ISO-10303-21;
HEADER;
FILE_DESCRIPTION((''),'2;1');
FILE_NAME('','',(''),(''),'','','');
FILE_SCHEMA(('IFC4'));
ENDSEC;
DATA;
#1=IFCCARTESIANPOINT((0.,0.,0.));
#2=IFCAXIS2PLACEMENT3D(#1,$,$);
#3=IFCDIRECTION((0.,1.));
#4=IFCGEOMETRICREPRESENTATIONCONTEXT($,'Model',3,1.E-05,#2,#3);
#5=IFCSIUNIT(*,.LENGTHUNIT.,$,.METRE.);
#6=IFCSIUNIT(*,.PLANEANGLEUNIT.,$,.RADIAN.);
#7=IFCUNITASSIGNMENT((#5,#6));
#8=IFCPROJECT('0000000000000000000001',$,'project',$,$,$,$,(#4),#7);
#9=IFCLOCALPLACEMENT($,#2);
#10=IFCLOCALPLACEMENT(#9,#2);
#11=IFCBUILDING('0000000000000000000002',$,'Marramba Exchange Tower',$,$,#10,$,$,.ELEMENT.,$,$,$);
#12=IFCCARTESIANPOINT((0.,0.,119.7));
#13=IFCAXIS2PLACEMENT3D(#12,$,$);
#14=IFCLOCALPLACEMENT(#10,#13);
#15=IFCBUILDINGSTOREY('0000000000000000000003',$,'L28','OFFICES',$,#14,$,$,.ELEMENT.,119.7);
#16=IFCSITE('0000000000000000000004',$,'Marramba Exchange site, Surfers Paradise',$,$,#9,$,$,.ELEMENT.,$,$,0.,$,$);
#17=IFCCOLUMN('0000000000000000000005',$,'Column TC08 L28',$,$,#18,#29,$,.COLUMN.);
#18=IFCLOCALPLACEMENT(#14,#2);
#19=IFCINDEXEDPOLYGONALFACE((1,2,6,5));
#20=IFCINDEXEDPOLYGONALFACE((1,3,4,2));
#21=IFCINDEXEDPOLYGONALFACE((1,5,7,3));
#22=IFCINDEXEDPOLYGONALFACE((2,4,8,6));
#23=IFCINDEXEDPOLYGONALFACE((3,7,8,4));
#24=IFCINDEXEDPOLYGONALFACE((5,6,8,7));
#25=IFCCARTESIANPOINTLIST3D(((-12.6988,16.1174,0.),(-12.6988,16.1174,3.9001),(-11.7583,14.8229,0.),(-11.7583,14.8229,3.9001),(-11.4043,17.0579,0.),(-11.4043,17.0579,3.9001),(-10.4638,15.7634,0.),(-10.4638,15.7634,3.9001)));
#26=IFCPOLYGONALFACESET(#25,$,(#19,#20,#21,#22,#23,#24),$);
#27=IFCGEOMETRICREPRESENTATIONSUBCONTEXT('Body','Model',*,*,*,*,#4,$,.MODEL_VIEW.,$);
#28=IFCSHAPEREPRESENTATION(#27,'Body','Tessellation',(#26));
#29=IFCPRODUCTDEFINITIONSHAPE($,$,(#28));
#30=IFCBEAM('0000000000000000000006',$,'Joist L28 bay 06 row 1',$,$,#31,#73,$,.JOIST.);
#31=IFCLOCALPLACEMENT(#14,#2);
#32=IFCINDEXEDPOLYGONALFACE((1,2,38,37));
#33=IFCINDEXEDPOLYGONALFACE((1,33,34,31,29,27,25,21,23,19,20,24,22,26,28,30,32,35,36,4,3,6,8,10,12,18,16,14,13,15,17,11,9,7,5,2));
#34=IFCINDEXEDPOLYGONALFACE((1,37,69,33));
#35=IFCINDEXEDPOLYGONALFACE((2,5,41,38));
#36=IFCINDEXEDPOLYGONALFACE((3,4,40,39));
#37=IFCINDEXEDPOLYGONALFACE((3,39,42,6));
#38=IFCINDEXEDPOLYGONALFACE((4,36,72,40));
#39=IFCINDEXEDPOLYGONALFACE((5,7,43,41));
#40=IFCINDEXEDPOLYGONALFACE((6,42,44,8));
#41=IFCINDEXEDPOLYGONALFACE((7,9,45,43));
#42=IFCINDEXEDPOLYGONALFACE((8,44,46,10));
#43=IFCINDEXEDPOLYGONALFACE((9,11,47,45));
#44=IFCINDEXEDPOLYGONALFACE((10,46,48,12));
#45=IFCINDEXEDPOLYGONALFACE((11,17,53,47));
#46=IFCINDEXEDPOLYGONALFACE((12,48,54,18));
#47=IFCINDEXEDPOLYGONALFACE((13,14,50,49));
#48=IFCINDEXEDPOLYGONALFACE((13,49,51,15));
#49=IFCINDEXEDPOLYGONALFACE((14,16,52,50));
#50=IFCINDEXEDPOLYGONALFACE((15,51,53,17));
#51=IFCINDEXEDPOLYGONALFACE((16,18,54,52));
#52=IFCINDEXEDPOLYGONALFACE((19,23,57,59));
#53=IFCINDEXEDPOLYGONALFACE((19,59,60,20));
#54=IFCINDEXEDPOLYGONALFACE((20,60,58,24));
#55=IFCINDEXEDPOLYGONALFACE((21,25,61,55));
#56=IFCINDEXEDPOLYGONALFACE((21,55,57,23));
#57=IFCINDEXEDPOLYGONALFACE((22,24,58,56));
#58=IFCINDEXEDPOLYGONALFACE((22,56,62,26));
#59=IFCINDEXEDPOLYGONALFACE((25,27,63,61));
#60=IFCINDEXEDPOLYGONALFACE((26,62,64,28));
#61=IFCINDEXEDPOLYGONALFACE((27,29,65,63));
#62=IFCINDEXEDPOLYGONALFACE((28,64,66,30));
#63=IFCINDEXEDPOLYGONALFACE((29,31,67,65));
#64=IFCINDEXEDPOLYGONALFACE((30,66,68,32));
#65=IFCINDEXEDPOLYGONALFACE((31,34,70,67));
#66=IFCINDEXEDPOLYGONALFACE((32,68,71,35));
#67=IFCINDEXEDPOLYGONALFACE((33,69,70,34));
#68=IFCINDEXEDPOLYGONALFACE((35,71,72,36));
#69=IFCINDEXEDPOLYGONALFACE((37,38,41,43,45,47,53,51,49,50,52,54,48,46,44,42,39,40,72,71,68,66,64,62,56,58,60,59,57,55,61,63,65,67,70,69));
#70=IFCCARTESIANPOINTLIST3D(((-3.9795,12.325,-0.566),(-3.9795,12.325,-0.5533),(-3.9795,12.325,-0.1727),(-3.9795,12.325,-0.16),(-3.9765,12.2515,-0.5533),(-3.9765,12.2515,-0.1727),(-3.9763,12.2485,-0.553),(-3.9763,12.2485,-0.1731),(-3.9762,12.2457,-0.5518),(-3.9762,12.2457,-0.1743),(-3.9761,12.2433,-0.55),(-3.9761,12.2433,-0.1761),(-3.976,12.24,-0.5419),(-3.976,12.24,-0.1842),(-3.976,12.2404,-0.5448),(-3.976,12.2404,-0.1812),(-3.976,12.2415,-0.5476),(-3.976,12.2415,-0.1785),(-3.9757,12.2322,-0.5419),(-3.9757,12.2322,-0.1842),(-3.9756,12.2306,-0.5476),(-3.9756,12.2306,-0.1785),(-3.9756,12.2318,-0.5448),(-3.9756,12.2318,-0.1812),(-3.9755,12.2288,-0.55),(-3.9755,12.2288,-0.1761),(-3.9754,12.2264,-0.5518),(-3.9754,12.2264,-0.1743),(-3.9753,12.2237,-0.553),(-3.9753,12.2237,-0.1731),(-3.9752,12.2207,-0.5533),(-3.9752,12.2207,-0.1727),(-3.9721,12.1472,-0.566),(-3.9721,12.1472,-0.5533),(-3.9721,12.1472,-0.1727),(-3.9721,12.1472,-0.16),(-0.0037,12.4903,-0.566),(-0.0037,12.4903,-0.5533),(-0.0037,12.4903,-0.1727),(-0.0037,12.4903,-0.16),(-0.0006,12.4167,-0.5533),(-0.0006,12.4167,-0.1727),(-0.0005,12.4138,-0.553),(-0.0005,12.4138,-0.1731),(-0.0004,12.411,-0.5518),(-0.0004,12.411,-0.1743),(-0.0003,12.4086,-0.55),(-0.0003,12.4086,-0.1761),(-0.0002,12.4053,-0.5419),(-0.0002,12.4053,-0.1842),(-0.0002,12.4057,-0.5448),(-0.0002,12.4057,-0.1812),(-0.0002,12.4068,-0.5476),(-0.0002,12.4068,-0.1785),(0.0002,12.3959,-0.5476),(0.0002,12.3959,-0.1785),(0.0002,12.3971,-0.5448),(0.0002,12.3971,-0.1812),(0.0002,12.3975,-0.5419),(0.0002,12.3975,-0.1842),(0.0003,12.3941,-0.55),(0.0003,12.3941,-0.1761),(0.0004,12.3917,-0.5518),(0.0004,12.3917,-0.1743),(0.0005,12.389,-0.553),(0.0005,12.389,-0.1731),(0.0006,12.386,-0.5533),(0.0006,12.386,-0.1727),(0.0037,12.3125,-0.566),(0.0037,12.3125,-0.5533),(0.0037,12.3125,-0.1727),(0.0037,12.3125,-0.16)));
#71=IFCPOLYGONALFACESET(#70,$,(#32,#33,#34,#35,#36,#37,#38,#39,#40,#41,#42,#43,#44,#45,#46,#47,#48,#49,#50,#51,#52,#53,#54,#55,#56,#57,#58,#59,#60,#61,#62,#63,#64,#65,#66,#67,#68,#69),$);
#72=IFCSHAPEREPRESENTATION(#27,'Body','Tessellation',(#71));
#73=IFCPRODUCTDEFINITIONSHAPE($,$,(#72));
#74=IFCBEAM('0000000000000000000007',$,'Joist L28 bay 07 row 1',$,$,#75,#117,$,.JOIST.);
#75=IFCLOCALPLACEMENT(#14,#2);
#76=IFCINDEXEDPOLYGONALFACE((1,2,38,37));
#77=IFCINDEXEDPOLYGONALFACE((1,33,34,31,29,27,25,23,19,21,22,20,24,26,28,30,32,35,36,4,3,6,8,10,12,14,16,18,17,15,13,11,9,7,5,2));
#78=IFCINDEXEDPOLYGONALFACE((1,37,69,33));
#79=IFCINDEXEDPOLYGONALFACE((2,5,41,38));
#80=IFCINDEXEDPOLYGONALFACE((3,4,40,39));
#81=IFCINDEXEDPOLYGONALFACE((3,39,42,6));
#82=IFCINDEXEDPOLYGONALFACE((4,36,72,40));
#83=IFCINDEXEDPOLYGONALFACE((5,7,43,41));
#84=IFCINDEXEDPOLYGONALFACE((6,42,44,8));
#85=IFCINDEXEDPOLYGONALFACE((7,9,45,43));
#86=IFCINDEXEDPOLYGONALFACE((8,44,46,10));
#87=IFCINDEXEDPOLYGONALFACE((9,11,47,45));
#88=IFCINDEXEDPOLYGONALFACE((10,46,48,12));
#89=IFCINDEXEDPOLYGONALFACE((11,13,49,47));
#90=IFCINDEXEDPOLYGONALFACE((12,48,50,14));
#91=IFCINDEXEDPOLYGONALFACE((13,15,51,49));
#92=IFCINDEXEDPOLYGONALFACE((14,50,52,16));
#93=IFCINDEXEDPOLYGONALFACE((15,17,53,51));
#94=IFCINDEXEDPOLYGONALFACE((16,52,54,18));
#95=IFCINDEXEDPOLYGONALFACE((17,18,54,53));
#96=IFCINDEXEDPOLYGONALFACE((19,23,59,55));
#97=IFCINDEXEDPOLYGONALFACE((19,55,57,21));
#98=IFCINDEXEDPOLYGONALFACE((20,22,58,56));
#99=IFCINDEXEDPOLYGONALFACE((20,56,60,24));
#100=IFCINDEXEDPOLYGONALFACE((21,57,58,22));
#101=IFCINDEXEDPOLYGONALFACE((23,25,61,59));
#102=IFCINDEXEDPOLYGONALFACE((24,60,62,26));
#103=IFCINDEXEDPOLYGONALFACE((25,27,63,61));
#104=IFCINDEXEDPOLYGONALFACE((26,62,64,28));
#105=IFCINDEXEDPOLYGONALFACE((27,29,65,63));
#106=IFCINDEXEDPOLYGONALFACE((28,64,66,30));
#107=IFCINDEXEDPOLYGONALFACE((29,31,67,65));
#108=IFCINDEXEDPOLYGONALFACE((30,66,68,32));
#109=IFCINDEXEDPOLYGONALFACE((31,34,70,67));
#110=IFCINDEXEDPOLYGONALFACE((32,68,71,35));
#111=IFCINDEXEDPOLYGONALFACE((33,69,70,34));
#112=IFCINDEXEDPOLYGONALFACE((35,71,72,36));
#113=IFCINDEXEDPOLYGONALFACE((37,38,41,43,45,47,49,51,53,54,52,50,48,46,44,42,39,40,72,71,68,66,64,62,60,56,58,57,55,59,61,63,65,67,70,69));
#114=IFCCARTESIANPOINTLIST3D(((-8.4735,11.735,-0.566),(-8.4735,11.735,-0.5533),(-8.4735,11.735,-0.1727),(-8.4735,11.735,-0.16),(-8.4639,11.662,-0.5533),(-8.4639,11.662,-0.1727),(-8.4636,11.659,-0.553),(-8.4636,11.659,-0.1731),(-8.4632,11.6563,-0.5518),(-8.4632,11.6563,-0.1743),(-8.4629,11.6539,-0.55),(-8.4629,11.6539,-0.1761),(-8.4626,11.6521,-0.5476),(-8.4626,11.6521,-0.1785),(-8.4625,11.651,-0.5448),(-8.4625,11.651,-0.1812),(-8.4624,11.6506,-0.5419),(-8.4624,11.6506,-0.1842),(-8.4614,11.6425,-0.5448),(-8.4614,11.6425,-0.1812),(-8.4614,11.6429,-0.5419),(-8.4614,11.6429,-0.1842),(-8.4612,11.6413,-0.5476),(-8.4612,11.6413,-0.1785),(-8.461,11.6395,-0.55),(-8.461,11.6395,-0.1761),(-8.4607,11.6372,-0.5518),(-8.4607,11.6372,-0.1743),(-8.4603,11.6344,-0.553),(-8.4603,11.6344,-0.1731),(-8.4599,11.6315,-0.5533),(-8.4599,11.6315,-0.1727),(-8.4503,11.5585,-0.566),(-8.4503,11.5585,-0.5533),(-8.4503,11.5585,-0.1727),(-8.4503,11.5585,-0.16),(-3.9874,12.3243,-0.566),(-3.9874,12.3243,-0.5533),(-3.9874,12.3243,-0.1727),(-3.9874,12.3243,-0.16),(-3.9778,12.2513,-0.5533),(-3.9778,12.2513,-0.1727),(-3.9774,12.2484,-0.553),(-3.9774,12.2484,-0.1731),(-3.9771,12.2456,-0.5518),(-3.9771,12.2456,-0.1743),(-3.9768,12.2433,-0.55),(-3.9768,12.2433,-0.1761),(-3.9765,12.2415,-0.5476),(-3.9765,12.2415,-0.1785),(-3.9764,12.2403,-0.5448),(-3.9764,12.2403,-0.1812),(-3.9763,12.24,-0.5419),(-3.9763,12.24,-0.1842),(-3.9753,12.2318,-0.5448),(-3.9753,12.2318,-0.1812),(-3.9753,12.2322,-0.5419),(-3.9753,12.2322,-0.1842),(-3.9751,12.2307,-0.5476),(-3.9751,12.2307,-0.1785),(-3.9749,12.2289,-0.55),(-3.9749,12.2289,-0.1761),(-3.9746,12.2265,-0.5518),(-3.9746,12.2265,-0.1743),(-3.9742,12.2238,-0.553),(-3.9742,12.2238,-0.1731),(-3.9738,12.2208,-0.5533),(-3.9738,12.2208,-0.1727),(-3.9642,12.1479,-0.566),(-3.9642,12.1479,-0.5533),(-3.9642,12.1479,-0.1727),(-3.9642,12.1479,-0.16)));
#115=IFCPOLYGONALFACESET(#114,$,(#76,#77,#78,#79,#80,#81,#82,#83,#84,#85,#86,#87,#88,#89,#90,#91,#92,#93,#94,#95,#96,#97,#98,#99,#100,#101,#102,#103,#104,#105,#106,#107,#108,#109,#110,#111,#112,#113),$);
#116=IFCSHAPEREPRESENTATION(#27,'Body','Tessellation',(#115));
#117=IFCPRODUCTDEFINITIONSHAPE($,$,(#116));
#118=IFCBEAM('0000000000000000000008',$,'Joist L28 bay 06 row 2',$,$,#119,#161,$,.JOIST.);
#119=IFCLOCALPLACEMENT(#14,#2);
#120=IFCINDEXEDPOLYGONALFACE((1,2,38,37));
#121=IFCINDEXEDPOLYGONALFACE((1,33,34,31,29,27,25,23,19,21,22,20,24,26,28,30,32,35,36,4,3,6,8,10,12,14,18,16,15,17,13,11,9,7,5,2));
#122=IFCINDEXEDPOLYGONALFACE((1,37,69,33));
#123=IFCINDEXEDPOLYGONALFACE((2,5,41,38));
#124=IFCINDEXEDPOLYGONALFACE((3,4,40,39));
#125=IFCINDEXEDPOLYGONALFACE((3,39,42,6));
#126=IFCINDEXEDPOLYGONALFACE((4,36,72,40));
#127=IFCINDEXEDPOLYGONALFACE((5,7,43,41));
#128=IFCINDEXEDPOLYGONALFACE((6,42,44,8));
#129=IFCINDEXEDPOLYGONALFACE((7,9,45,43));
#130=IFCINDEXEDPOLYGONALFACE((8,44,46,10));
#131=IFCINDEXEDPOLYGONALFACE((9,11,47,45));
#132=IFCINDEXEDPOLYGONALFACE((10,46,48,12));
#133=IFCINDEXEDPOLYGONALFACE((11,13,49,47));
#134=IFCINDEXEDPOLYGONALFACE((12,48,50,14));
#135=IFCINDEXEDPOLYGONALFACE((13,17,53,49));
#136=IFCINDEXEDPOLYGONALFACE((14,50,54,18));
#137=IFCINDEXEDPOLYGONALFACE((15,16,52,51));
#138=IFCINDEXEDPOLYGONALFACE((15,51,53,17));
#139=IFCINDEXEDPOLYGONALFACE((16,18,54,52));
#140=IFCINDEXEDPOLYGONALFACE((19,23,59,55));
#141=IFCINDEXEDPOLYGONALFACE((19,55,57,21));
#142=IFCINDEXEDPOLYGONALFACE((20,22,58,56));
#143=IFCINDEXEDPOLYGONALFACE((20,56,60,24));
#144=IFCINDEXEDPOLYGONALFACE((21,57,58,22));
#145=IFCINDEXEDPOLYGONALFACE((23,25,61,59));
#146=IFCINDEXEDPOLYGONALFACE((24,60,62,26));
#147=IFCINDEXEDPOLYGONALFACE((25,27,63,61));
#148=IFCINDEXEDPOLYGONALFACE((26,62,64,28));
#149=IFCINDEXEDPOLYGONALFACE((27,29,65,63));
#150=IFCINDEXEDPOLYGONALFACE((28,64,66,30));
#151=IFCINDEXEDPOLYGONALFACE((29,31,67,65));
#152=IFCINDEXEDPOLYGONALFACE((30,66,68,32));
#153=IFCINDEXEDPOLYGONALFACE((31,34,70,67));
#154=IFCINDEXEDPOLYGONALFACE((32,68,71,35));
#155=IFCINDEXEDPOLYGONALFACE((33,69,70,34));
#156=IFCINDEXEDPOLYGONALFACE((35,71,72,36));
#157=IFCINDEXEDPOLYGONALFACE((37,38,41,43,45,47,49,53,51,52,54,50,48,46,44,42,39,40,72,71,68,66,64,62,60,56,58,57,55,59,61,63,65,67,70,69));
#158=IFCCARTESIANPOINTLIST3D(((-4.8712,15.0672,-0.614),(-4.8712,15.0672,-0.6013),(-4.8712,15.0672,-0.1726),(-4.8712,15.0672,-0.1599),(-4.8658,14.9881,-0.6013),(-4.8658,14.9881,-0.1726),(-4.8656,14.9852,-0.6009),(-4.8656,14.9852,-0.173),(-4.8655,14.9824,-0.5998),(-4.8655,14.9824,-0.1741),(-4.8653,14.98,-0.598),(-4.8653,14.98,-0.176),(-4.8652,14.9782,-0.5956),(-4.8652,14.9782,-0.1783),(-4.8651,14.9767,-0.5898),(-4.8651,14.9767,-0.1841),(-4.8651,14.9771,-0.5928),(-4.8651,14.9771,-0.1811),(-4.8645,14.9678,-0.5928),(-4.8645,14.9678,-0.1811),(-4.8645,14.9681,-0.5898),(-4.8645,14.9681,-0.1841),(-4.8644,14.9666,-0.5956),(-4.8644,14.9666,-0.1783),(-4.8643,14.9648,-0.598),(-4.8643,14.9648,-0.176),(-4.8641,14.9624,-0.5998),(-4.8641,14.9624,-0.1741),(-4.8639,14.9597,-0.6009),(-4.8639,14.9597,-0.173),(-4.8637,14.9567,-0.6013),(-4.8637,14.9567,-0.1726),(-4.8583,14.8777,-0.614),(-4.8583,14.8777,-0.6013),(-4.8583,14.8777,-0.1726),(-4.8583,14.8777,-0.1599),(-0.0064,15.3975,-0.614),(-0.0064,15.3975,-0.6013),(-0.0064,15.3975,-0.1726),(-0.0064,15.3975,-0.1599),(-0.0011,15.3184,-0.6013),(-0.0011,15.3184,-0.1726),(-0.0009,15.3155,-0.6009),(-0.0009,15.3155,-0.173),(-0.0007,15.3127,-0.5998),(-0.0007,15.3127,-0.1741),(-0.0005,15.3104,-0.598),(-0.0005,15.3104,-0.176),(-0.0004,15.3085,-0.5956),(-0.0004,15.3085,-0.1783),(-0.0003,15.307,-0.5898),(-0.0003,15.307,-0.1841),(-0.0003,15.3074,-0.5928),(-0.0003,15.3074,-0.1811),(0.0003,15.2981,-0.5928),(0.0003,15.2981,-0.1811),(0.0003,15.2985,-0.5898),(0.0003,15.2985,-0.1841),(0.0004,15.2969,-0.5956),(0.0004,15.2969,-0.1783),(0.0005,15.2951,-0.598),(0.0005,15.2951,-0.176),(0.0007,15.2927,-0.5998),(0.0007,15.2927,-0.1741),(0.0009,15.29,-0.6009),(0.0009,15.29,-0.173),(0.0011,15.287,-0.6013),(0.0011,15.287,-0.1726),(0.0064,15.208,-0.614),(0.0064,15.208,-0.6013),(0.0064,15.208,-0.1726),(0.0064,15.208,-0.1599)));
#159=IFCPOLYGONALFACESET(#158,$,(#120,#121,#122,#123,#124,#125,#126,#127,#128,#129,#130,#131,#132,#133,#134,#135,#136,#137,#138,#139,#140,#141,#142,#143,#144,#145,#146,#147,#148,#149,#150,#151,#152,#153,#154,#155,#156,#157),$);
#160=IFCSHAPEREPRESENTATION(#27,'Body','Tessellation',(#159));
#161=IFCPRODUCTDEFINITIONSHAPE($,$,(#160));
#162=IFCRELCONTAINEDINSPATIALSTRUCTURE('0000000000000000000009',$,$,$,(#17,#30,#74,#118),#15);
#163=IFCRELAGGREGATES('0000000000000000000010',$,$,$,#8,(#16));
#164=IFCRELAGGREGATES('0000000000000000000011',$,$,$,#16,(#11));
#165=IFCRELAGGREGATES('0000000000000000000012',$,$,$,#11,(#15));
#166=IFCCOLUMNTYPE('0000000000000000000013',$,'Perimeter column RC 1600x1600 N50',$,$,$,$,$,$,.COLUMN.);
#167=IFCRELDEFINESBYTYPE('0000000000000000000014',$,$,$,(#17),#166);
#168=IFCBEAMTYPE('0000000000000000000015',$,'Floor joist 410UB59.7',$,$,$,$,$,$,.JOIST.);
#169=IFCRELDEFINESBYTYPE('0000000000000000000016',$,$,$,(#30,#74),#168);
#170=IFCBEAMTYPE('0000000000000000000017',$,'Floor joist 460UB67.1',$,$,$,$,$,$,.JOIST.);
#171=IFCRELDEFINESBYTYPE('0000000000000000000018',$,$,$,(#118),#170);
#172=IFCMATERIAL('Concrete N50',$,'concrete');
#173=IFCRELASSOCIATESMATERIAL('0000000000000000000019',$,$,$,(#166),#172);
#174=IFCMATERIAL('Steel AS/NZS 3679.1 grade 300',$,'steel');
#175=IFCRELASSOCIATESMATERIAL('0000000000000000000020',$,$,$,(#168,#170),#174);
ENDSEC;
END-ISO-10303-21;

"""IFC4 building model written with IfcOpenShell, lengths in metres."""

from ifc_helpers import new_model, si_unit, direction, frame, origin, origin_2d, place, context, subcontext, project, spatial, rectangle, i_section, extrude, material, material_profile, profile_set, type_object, element, save


model = new_model("IFC4")

# Units and contexts
model_context = context("Model", 3, precision=1e-05, world=origin(), true_north=direction((0.0, 1.0)))
body_context = subcontext(model_context, "Body", "Model", "MODEL_VIEW")
ifc_project = project(units=[si_unit("LENGTHUNIT", "METRE"), si_unit("PLANEANGLEUNIT", "RADIAN")], contexts=[model_context])

# Site, building, storey
site_placement = place(None, origin())
site = spatial("IfcSite", under=ifc_project, at=site_placement, Name="Marramba Exchange site, Surfers Paradise", CompositionType="ELEMENT", RefElevation=0.0)
building_placement = place(site_placement, origin())
building = spatial("IfcBuilding", under=site, at=building_placement, Name="Marramba Exchange Tower", CompositionType="ELEMENT")
storey_placement = place(building_placement, frame((0.0, 0.0, 119.7)))
storey = spatial("IfcBuildingStorey", under=building, at=storey_placement, Name="L28", Description="OFFICES", CompositionType="ELEMENT", Elevation=119.7)

# Column
ifc_material_1 = material(Name="Concrete N50", Category="concrete")
ifc_material_profile_1 = material_profile(ifc_material_1, rectangle(XDim=1.6001, YDim=1.6001, at=origin_2d()), Name="RC 1600x1600")
ifc_profile_set_1 = profile_set([ifc_material_profile_1], Name="Concrete N50")
column_type = type_object("IfcColumnType", Name="Perimeter column RC 1600x1600 N50", PredefinedType="COLUMN", material=ifc_profile_set_1)
column_placement = place(storey_placement, frame((-11.5813, 15.9404, 0.0), z_axis=(0.0, 0.0, 1.0), x_axis=(-0.587785, 0.809017, 0.0)))
element("IfcColumn", 1, at=column_placement, inside=storey, type_object=column_type, Name="Column TC08 L28", PredefinedType="COLUMN", context=body_context, shape_type="SweptSolid", body=[
    extrude(rectangle(XDim=1.6001, YDim=1.6001, at=origin_2d()), origin(), (0.0, 0.0, 1.0), 3.9001),
])

# Beams
ifc_material_2 = material(Name="Steel AS/NZS 3679.1 grade 300", Category="steel")
ifc_material_profile_2 = material_profile(ifc_material_2, i_section(OverallWidth=0.178, OverallDepth=0.406, WebThickness=0.0078, FlangeThickness=0.0127, FilletRadius=0.0115, at=origin_2d()), Name="410UB59.7")
ifc_profile_set_2 = profile_set([ifc_material_profile_2], Name="Steel AS/NZS 3679.1 grade 300")
beam_type_1 = type_object("IfcBeamType", Name="Floor joist 410UB59.7", PredefinedType="JOIST", material=ifc_profile_set_2)
beam_1_placement = place(storey_placement, frame((0.0, 12.4014, -0.363), z_axis=(-0.999137, -0.041536, 0.0), x_axis=(0.041536, -0.999137, 0.0)))
element("IfcBeam", 2, at=beam_1_placement, inside=storey, type_object=beam_type_1, Name="Joist L28 bay 06 row 1", PredefinedType="JOIST", context=body_context, shape_type="SweptSolid", body=[
    extrude(i_section(OverallWidth=0.178, OverallDepth=0.406, WebThickness=0.0078, FlangeThickness=0.0127, FilletRadius=0.0115, at=origin_2d()), origin(), (0.0, 0.0, 1.0), 3.9792),
])
beam_2_placement = place(storey_placement, frame((-3.9758, 12.2361, -0.363), z_axis=(-0.991481, -0.130255, 0.0), x_axis=(0.130255, -0.991481, 0.0)))
element("IfcBeam", 3, at=beam_2_placement, inside=storey, type_object=beam_type_1, Name="Joist L28 bay 07 row 1", PredefinedType="JOIST", context=body_context, shape_type="SweptSolid", body=[
    extrude(i_section(OverallWidth=0.178, OverallDepth=0.406, WebThickness=0.0078, FlangeThickness=0.0127, FilletRadius=0.0115, at=origin_2d()), origin(), (0.0, 0.0, 1.0), 4.5247),
])
ifc_material_profile_3 = material_profile(ifc_material_2, i_section(OverallWidth=0.1899, OverallDepth=0.4541, WebThickness=0.0085, FlangeThickness=0.0127, FilletRadius=0.0115, at=origin_2d()), Name="460UB67.1")
ifc_profile_set_3 = profile_set([ifc_material_profile_3], Name="Steel AS/NZS 3679.1 grade 300")
beam_type_2 = type_object("IfcBeamType", Name="Floor joist 460UB67.1", PredefinedType="JOIST", material=ifc_profile_set_3)
beam_3_placement = place(storey_placement, frame((0.0, 15.3027, -0.387), z_axis=(-0.997703, -0.067745, 0.0), x_axis=(0.067745, -0.997703, 0.0)))
element("IfcBeam", 4, at=beam_3_placement, inside=storey, type_object=beam_type_2, Name="Joist L28 bay 06 row 2", PredefinedType="JOIST", context=body_context, shape_type="SweptSolid", body=[
    extrude(i_section(OverallWidth=0.1899, OverallDepth=0.4541, WebThickness=0.0085, FlangeThickness=0.0127, FilletRadius=0.0115, at=origin_2d()), origin(), (0.0, 0.0, 1.0), 4.876),
])

save(model, "model.ifc")
